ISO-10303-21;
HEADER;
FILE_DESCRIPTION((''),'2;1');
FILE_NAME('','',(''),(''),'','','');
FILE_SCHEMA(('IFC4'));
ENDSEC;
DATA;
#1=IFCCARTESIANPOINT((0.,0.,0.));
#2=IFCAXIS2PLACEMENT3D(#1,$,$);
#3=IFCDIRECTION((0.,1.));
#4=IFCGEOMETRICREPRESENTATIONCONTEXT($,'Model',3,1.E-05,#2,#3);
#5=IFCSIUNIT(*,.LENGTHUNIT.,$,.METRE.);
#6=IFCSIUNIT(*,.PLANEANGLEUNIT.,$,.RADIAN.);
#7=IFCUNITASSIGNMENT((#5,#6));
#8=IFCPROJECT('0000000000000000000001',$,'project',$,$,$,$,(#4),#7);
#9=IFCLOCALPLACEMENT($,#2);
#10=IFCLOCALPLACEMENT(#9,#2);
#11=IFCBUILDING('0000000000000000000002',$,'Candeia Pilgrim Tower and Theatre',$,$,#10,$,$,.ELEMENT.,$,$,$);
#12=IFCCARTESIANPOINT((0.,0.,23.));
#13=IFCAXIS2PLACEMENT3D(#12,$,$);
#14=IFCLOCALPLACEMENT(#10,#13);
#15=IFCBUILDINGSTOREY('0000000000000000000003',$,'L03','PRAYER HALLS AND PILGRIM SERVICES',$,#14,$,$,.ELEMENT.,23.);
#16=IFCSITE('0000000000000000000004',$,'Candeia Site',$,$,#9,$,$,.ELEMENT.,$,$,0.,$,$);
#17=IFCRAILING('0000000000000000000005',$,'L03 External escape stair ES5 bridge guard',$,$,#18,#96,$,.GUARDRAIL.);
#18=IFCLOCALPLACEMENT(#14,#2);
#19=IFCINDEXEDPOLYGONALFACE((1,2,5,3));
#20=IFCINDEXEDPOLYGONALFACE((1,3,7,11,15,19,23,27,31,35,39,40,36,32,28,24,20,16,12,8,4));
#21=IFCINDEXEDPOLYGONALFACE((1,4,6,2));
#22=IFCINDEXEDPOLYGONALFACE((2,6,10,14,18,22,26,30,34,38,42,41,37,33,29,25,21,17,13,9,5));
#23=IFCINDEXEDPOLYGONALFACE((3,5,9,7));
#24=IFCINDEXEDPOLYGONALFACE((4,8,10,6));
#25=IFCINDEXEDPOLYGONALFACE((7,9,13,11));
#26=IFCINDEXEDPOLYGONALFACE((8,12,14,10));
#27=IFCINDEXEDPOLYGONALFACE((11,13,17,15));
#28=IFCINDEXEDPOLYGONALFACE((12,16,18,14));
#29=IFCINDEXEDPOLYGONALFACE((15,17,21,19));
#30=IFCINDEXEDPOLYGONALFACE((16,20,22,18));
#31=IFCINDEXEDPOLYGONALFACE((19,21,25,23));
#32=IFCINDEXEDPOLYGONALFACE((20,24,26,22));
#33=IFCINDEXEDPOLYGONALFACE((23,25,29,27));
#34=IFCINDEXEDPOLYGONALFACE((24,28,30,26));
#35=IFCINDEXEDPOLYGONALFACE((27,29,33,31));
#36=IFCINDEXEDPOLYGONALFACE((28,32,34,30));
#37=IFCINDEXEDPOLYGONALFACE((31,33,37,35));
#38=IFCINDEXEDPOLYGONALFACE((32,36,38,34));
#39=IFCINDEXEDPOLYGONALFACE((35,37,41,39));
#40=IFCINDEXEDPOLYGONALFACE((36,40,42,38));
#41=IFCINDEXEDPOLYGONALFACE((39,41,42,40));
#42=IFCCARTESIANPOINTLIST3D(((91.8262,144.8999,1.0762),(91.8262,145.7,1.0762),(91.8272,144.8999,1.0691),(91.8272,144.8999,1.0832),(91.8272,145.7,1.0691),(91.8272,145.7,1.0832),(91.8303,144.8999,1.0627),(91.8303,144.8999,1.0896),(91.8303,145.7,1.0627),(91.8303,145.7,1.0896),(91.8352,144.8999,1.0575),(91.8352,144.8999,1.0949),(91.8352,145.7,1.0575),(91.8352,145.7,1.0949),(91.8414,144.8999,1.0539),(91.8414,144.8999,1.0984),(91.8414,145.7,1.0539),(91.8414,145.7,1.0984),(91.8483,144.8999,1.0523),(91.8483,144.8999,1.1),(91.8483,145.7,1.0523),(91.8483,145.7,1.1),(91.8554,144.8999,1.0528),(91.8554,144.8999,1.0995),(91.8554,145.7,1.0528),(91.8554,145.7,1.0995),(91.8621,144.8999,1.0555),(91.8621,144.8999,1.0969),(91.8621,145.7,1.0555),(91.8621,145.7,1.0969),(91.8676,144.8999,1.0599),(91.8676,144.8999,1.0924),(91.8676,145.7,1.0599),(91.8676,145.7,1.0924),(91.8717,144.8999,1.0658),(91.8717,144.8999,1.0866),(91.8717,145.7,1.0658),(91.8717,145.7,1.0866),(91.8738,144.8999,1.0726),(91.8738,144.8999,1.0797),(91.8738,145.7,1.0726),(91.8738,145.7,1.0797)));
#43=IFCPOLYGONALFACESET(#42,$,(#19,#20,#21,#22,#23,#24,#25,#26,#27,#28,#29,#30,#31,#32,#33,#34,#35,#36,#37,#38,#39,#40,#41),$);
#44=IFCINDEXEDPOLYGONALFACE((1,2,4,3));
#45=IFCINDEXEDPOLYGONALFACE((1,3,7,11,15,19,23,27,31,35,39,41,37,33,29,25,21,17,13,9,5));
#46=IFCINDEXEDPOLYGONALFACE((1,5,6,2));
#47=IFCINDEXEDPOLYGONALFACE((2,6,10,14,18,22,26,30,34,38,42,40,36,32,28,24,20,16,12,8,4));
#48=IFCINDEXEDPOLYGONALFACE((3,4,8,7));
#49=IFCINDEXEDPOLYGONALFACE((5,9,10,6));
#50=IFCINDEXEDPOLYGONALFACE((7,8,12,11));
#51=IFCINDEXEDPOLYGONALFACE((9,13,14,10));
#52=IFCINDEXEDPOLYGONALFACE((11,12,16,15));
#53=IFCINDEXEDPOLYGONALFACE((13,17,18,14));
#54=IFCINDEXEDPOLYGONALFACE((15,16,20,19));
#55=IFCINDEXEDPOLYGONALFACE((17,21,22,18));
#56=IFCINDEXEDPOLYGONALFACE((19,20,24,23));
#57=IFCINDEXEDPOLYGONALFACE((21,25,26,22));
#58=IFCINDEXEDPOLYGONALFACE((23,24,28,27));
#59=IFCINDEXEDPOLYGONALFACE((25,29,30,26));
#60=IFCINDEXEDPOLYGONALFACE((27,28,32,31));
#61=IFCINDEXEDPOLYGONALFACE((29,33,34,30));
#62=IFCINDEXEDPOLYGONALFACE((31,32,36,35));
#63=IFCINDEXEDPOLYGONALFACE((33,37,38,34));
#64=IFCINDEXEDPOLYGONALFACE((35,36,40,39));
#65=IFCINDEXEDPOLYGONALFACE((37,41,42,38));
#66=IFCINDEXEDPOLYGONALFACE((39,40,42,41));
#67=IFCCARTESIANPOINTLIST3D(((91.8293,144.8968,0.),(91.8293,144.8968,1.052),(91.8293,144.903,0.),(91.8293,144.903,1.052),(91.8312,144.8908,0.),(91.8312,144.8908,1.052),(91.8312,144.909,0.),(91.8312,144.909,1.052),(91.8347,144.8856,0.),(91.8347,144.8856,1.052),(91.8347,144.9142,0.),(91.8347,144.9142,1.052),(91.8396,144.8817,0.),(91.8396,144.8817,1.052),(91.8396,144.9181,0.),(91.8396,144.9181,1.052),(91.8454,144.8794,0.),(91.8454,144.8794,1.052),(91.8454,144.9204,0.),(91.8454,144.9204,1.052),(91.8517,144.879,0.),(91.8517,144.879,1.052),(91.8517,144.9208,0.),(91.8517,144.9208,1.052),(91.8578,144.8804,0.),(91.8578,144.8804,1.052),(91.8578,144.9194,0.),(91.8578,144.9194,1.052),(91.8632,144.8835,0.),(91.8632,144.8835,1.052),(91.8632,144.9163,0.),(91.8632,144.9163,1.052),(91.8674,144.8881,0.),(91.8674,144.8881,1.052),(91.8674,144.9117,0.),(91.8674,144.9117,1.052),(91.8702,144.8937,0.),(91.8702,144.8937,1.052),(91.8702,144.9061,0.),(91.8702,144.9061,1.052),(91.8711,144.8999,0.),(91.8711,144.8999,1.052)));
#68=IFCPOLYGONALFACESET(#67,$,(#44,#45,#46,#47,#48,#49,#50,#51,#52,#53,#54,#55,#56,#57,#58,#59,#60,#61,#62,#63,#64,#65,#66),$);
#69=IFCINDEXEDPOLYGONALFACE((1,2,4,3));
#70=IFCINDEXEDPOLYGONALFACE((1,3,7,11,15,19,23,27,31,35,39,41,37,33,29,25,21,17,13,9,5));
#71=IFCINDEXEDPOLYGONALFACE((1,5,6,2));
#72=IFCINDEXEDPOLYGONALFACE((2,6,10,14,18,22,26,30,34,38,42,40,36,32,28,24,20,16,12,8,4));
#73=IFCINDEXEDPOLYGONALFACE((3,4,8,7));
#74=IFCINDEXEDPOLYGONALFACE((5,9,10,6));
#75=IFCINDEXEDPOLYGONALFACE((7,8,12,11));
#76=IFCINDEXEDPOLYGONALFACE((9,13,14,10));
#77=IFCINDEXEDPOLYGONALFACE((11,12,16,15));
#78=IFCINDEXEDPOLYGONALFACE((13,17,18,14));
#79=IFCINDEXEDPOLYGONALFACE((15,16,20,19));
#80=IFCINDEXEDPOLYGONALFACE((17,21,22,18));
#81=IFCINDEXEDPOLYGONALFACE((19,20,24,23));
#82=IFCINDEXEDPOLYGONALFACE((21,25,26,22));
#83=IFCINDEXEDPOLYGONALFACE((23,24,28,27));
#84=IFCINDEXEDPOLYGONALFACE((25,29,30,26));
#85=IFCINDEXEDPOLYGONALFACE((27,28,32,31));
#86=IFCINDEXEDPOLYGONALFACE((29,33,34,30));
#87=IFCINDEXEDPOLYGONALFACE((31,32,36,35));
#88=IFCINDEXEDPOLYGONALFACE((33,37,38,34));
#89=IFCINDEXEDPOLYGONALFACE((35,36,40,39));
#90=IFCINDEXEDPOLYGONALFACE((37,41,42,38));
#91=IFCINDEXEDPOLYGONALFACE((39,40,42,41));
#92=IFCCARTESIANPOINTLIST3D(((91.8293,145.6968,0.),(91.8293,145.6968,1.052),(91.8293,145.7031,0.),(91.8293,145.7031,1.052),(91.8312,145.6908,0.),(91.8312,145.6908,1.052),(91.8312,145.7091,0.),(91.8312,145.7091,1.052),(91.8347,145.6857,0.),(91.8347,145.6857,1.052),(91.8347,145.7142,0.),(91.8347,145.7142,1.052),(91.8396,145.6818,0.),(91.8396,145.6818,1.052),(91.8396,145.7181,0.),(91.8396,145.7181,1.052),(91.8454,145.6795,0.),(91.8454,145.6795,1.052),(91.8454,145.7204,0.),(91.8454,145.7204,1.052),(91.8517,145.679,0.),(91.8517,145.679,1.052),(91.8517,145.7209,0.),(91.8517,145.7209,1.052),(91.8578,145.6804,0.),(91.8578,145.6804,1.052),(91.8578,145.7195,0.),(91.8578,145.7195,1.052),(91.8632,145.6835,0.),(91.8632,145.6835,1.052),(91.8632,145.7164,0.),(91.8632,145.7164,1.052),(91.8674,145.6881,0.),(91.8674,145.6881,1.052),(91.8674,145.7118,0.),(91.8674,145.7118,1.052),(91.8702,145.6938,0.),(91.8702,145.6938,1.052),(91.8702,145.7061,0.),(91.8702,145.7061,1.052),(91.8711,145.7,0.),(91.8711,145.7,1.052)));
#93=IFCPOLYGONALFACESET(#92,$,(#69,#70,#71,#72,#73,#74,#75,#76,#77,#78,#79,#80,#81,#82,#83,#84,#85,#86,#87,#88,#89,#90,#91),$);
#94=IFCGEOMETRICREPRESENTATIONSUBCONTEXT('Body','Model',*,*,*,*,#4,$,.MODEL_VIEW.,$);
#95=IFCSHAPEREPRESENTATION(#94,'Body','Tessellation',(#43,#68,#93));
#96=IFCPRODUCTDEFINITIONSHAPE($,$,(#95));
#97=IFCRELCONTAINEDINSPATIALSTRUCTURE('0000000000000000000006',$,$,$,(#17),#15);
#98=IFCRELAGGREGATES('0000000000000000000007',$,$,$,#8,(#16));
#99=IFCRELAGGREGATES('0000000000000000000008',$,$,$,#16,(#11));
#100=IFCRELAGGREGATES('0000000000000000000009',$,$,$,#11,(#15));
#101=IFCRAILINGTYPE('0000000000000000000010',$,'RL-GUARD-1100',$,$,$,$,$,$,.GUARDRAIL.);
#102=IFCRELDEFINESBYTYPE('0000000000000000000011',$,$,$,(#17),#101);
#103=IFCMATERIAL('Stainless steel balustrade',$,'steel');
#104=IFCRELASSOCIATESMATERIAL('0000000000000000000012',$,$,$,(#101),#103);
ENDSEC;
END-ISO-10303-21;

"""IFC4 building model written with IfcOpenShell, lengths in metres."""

from ifc_helpers import new_model, si_unit, direction, frame, origin, origin_2d, place, context, subcontext, project, spatial, circle, extrude, material, type_object, element, save


model = new_model("IFC4")

# Units and contexts
model_context = context("Model", 3, precision=1e-05, world=origin(), true_north=direction((0.0, 1.0)))
body_context = subcontext(model_context, "Body", "Model", "MODEL_VIEW")
ifc_project = project(units=[si_unit("LENGTHUNIT", "METRE"), si_unit("PLANEANGLEUNIT", "RADIAN")], contexts=[model_context])

# Site, building, storey
site_placement = place(None, origin())
site = spatial("IfcSite", under=ifc_project, at=site_placement, Name="Candeia Site", CompositionType="ELEMENT", RefElevation=0.0)
building_placement = place(site_placement, origin())
building = spatial("IfcBuilding", under=site, at=building_placement, Name="Candeia Pilgrim Tower and Theatre", CompositionType="ELEMENT")
storey_placement = place(building_placement, frame((0.0, 0.0, 23.0)))
storey = spatial("IfcBuildingStorey", under=building, at=storey_placement, Name="L03", Description="PRAYER HALLS AND PILGRIM SERVICES", CompositionType="ELEMENT", Elevation=23.0)

# Railing
ifc_material_1 = material(Name="Stainless steel balustrade", Category="steel")
railing_type_1 = type_object("IfcRailingType", Name="RL-GUARD-1100", PredefinedType="GUARDRAIL", material=ifc_material_1)
railing_1_placement = place(storey_placement, frame((91.8501, 144.8999, 0.0)))
element("IfcRailing", 1, at=railing_1_placement, inside=storey, type_object=railing_type_1, Name="L03 External escape stair ES5 bridge guard", PredefinedType="GUARDRAIL", context=body_context, shape_type="SweptSolid", body=[
    extrude(circle(Radius=0.0239, at=origin_2d()), frame((0.0, 0.0, 1.0762), z_axis=(0.0, 1.0, 0.0), x_axis=(-1.0, 0.0, 0.0)), (0.0, 0.0, 1.0), 0.8),
    extrude(circle(Radius=0.021, at=origin_2d()), origin(), (0.0, 0.0, 1.0), 1.052),
    extrude(circle(Radius=0.021, at=origin_2d()), frame((0.0, 0.8, 0.0)), (0.0, 0.0, 1.0), 1.052),
])

save(model, "model.ifc")
